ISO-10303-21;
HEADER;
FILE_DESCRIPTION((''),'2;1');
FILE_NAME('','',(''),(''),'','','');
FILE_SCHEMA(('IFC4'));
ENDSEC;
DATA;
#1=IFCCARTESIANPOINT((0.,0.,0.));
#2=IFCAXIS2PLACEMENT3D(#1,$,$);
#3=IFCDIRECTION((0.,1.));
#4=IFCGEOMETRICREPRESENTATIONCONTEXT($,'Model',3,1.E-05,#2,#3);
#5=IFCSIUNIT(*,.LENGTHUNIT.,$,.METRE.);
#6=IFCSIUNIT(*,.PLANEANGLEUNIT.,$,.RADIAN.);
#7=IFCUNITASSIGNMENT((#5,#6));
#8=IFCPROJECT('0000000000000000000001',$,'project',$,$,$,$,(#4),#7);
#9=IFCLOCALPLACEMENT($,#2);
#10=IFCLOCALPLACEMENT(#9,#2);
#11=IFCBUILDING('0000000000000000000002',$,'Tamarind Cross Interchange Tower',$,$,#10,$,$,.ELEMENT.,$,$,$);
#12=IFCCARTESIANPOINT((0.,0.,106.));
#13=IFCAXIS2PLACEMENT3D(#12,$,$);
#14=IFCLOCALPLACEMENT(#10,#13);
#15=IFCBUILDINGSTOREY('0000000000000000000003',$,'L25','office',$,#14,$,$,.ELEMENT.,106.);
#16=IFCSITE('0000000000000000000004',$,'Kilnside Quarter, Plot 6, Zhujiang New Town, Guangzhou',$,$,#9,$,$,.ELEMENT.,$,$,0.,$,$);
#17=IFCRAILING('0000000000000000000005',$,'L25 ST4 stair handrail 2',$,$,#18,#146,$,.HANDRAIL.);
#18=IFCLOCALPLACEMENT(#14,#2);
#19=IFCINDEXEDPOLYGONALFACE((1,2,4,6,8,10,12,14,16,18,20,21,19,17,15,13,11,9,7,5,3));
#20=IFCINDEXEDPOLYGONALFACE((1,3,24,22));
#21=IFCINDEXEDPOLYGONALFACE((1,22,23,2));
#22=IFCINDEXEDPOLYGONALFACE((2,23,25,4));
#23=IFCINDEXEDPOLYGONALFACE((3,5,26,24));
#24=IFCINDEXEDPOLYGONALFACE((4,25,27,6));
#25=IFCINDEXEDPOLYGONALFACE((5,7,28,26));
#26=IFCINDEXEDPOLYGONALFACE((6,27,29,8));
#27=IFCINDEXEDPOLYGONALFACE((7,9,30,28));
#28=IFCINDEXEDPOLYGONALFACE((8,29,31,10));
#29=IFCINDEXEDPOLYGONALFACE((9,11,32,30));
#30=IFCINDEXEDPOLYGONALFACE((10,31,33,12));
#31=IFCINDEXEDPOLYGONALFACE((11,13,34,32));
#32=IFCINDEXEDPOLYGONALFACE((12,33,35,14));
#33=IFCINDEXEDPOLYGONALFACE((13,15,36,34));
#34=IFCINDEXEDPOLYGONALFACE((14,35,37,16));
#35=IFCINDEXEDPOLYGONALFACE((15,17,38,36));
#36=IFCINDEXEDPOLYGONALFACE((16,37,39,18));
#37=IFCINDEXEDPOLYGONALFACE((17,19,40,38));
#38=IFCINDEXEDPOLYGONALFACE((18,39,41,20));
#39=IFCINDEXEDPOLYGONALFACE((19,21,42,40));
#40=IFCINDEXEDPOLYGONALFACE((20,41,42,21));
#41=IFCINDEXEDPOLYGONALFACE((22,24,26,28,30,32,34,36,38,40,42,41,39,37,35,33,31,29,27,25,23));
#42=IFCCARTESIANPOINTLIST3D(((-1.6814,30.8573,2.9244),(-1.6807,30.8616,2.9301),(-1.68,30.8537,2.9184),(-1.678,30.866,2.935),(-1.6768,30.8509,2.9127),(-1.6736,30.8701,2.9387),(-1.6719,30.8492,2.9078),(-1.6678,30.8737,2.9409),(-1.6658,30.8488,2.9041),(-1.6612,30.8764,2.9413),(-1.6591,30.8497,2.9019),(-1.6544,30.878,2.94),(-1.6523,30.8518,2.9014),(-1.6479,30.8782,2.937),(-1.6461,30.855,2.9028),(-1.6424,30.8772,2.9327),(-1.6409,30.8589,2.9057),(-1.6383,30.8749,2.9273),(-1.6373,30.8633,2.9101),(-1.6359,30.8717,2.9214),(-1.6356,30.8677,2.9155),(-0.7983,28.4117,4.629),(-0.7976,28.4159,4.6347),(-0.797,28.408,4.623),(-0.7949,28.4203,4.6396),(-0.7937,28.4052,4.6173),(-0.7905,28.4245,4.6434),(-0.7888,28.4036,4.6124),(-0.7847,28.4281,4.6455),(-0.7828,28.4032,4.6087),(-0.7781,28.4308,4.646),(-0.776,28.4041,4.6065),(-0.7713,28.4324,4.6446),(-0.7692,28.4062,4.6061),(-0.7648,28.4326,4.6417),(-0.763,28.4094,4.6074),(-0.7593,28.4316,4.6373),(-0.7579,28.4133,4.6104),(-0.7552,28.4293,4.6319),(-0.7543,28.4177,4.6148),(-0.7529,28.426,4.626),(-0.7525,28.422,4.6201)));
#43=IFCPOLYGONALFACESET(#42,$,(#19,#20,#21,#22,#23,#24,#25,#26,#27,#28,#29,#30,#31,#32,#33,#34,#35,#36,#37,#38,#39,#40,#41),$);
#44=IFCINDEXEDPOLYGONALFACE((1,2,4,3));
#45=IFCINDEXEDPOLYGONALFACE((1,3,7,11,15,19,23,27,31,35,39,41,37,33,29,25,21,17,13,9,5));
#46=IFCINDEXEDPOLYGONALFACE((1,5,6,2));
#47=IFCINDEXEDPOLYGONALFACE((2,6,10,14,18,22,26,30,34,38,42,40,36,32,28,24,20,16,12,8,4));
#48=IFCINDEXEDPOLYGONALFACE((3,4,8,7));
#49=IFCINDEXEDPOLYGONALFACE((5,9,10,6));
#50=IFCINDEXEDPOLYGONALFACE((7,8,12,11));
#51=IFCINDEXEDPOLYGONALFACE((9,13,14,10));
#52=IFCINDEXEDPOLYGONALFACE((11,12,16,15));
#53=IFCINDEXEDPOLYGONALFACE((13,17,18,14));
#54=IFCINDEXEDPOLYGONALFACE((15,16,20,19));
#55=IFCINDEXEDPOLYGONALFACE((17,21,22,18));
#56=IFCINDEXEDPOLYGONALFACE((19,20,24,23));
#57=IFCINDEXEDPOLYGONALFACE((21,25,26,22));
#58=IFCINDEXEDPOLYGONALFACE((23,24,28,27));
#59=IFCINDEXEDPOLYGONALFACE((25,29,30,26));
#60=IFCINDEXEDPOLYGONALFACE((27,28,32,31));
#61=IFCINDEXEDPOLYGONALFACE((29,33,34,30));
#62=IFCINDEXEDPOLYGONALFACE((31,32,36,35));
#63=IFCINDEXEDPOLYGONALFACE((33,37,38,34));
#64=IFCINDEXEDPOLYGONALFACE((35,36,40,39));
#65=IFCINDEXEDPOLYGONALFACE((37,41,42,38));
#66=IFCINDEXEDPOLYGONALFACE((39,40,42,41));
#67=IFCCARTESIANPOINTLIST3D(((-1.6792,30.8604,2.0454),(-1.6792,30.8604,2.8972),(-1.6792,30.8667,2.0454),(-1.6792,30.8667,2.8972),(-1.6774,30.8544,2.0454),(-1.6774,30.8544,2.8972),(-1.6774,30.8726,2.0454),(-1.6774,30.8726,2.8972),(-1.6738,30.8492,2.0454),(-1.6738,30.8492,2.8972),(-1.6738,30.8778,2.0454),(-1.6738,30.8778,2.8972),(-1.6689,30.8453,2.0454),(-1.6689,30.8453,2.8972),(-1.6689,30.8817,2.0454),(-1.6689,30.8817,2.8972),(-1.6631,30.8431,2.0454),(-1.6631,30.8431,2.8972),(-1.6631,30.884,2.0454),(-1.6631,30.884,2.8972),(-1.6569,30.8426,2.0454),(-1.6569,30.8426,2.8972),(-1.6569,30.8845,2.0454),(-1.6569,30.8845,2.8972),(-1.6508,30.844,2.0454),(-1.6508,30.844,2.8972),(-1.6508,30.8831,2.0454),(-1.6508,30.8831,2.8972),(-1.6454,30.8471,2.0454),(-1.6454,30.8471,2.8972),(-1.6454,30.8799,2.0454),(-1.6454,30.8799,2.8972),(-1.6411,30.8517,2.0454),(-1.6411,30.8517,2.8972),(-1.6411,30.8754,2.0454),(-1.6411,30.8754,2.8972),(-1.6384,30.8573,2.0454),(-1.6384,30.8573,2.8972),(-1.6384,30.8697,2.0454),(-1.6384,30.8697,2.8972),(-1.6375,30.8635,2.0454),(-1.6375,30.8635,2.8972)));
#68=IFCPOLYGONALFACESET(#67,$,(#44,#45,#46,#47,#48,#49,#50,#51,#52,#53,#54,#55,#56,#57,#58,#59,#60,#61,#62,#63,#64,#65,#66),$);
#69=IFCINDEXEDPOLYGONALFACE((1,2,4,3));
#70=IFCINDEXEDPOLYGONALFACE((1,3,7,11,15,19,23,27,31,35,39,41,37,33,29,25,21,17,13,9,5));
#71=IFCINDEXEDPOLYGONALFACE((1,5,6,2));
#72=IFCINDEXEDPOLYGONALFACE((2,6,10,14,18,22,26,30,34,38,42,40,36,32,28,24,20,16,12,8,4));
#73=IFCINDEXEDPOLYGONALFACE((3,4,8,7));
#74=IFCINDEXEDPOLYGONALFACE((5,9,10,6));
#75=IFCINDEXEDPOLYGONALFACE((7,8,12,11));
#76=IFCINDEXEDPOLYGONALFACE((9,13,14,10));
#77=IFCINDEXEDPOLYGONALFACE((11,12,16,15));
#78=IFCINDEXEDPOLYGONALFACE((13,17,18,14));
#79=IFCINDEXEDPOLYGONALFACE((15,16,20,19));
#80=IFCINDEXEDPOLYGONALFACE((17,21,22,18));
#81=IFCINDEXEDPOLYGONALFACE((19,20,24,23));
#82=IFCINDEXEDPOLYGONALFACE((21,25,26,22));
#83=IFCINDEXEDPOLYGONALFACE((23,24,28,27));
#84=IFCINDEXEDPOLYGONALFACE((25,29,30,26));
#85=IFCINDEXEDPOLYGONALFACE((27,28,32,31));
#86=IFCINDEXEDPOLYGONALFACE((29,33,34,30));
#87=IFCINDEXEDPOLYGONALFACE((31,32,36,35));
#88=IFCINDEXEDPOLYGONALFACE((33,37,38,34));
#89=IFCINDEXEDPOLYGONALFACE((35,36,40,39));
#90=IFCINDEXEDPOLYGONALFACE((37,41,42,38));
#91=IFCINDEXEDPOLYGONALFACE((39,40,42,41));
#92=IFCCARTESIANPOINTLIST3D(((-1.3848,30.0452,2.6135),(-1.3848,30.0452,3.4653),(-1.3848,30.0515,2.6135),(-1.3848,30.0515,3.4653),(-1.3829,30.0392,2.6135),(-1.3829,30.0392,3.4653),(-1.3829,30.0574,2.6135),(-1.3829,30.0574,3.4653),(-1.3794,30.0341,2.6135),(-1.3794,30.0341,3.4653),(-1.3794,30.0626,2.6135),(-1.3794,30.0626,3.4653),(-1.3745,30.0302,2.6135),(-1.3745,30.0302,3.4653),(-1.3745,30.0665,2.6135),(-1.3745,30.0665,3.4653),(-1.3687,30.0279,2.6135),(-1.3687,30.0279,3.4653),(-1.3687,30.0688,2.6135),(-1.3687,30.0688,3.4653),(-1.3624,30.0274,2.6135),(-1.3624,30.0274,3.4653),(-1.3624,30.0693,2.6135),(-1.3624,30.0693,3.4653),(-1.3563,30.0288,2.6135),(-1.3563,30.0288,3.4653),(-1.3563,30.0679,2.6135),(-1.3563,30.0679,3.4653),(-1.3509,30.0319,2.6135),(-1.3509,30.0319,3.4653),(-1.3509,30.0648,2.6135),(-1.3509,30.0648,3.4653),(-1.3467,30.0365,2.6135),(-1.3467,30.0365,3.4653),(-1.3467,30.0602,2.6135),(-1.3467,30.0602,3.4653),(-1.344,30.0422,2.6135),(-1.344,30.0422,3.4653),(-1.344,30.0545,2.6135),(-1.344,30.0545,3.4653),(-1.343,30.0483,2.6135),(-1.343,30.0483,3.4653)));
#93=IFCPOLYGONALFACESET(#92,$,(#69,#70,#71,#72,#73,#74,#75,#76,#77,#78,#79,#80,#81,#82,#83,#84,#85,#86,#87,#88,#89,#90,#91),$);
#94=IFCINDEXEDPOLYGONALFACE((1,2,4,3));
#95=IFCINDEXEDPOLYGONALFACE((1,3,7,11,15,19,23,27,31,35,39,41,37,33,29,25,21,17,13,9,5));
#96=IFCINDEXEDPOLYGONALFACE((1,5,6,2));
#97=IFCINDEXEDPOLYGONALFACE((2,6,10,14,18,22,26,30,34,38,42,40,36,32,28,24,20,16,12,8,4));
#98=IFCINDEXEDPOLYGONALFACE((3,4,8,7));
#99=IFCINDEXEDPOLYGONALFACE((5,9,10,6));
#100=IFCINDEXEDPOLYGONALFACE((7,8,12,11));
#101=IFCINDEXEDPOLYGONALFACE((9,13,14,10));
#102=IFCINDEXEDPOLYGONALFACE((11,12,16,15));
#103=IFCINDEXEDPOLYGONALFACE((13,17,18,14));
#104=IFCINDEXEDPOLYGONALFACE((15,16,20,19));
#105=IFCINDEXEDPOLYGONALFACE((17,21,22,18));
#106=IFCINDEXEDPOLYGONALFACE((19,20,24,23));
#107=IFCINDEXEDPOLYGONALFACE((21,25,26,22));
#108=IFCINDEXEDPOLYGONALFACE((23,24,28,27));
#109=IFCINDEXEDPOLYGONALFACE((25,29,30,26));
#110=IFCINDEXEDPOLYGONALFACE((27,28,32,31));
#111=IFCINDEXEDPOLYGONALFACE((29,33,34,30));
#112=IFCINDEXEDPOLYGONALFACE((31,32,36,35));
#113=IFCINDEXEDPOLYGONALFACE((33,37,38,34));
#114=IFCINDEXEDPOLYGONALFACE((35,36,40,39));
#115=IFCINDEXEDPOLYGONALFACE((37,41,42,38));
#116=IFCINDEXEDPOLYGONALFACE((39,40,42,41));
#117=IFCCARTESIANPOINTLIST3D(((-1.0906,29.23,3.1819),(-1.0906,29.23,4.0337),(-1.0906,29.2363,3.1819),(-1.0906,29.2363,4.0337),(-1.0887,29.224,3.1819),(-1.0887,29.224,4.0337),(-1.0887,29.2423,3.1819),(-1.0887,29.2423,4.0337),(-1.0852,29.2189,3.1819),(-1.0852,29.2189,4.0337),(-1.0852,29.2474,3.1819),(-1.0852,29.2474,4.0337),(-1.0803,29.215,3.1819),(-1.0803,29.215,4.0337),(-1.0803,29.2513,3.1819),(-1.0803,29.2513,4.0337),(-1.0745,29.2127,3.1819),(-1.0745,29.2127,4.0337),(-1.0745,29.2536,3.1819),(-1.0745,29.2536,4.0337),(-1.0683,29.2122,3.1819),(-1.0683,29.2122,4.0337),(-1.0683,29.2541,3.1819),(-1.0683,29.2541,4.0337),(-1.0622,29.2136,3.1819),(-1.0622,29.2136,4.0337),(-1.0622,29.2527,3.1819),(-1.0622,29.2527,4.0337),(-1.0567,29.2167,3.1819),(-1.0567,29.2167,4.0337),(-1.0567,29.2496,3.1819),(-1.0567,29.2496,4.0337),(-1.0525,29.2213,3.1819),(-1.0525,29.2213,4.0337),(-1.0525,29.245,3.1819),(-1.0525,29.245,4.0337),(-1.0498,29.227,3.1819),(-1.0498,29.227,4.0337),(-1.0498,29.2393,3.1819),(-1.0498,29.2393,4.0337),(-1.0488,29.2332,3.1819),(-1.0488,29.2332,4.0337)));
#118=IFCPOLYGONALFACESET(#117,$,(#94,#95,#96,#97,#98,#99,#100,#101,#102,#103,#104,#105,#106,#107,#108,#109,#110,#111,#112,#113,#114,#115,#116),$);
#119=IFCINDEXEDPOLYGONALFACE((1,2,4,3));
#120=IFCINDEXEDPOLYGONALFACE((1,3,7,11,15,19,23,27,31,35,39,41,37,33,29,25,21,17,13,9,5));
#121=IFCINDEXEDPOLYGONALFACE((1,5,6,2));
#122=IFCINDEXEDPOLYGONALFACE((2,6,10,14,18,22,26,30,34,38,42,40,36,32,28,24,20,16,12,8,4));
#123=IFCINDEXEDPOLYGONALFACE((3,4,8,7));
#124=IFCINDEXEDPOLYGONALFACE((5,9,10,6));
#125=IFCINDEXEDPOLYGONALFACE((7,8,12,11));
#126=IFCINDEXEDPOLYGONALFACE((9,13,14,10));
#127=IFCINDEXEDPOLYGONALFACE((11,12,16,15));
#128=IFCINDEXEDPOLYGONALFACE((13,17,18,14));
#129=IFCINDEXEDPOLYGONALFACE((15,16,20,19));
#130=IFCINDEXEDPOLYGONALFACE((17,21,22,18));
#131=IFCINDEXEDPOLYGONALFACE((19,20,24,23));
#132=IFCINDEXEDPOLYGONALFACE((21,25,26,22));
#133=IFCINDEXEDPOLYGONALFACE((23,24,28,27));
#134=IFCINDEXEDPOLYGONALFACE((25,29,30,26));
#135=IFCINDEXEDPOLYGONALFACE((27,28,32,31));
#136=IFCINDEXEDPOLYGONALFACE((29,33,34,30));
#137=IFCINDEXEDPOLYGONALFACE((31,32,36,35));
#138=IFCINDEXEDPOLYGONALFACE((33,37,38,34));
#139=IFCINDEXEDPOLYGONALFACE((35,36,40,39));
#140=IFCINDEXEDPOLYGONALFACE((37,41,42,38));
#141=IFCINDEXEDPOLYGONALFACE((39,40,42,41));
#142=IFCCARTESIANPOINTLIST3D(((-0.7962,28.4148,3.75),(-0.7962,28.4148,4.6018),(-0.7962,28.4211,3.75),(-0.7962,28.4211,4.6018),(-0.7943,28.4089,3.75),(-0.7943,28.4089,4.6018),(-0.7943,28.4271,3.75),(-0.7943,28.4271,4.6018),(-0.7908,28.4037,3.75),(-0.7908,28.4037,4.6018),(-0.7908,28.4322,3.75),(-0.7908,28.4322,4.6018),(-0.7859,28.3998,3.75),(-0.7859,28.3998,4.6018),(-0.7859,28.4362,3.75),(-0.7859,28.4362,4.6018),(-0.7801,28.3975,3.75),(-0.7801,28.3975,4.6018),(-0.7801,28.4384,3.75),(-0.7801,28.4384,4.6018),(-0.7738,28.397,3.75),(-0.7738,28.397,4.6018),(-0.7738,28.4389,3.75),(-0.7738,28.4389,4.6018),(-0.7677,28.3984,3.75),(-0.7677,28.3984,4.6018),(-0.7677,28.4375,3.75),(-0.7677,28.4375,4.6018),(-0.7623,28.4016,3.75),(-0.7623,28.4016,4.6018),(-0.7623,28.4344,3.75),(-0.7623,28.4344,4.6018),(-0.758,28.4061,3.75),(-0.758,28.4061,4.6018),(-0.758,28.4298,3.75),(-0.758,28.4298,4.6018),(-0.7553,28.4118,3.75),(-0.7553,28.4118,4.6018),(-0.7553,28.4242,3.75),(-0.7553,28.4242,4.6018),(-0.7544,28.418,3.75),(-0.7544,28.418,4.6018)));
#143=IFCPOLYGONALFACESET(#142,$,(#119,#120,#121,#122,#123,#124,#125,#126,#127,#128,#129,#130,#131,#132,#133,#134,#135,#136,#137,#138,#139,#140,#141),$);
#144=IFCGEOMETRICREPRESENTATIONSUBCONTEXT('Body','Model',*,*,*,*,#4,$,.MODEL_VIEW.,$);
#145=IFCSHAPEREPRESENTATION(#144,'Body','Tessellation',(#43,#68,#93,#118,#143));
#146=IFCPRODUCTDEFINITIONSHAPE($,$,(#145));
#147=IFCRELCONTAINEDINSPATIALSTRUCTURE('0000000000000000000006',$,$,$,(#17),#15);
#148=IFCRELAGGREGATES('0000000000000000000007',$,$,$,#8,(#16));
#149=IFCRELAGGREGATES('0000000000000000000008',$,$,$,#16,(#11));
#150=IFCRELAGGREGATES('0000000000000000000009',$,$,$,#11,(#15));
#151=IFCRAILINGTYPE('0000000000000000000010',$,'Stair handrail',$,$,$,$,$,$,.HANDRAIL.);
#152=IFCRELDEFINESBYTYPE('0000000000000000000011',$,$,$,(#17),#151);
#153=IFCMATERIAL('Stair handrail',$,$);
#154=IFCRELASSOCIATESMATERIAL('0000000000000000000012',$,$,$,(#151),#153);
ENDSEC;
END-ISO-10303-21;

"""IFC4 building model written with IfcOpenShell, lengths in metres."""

from ifc_helpers import new_model, si_unit, direction, frame, origin, origin_2d, place, context, subcontext, project, spatial, circle, extrude, material, type_object, element, save


model = new_model("IFC4")

# Units and contexts
model_context = context("Model", 3, precision=1e-05, world=origin(), true_north=direction((0.0, 1.0)))
body_context = subcontext(model_context, "Body", "Model", "MODEL_VIEW")
ifc_project = project(units=[si_unit("LENGTHUNIT", "METRE"), si_unit("PLANEANGLEUNIT", "RADIAN")], contexts=[model_context])

# Site, building, storey
site_placement = place(None, origin())
site = spatial("IfcSite", under=ifc_project, at=site_placement, Name="Kilnside Quarter, Plot 6, Zhujiang New Town, Guangzhou", CompositionType="ELEMENT", RefElevation=0.0)
building_placement = place(site_placement, origin())
building = spatial("IfcBuilding", under=site, at=building_placement, Name="Tamarind Cross Interchange Tower", CompositionType="ELEMENT")
storey_placement = place(building_placement, frame((0.0, 0.0, 106.0)))
storey = spatial("IfcBuildingStorey", under=building, at=storey_placement, Name="L25", Description="office", CompositionType="ELEMENT", Elevation=106.0)

# Railing
ifc_material_1 = material(Name="Stair handrail")
railing_type_1 = type_object("IfcRailingType", Name="Stair handrail", PredefinedType="HANDRAIL", material=ifc_material_1)
railing_1_placement = place(storey_placement, frame((-1.6584, 30.8635, 2.0454)))
element("IfcRailing", 1, at=railing_1_placement, inside=storey, type_object=railing_type_1, Name="L25 ST4 stair handrail 2", PredefinedType="HANDRAIL", context=body_context, shape_type="SweptSolid", body=[
    extrude(circle(Radius=0.0239, at=origin_2d()), frame((0.0, 0.0, 0.876), z_axis=(0.284028, -0.786594, 0.548268), x_axis=(0.940561, 0.339624, 0.0)), (0.0, 0.0, 1.0), 3.1091),
    extrude(circle(Radius=0.021, at=origin_2d()), origin(), (0.0, 0.0, 1.0), 0.8518),
    extrude(circle(Radius=0.021, at=origin_2d()), frame((0.2944, -0.8152, 0.5681)), (0.0, 0.0, 1.0), 0.8518),
    extrude(circle(Radius=0.021, at=origin_2d()), frame((0.5886, -1.6304, 1.1365)), (0.0, 0.0, 1.0), 0.8518),
    extrude(circle(Radius=0.021, at=origin_2d()), frame((0.8831, -2.4456, 1.7046)), (0.0, 0.0, 1.0), 0.8518),
])

save(model, "model.ifc")
